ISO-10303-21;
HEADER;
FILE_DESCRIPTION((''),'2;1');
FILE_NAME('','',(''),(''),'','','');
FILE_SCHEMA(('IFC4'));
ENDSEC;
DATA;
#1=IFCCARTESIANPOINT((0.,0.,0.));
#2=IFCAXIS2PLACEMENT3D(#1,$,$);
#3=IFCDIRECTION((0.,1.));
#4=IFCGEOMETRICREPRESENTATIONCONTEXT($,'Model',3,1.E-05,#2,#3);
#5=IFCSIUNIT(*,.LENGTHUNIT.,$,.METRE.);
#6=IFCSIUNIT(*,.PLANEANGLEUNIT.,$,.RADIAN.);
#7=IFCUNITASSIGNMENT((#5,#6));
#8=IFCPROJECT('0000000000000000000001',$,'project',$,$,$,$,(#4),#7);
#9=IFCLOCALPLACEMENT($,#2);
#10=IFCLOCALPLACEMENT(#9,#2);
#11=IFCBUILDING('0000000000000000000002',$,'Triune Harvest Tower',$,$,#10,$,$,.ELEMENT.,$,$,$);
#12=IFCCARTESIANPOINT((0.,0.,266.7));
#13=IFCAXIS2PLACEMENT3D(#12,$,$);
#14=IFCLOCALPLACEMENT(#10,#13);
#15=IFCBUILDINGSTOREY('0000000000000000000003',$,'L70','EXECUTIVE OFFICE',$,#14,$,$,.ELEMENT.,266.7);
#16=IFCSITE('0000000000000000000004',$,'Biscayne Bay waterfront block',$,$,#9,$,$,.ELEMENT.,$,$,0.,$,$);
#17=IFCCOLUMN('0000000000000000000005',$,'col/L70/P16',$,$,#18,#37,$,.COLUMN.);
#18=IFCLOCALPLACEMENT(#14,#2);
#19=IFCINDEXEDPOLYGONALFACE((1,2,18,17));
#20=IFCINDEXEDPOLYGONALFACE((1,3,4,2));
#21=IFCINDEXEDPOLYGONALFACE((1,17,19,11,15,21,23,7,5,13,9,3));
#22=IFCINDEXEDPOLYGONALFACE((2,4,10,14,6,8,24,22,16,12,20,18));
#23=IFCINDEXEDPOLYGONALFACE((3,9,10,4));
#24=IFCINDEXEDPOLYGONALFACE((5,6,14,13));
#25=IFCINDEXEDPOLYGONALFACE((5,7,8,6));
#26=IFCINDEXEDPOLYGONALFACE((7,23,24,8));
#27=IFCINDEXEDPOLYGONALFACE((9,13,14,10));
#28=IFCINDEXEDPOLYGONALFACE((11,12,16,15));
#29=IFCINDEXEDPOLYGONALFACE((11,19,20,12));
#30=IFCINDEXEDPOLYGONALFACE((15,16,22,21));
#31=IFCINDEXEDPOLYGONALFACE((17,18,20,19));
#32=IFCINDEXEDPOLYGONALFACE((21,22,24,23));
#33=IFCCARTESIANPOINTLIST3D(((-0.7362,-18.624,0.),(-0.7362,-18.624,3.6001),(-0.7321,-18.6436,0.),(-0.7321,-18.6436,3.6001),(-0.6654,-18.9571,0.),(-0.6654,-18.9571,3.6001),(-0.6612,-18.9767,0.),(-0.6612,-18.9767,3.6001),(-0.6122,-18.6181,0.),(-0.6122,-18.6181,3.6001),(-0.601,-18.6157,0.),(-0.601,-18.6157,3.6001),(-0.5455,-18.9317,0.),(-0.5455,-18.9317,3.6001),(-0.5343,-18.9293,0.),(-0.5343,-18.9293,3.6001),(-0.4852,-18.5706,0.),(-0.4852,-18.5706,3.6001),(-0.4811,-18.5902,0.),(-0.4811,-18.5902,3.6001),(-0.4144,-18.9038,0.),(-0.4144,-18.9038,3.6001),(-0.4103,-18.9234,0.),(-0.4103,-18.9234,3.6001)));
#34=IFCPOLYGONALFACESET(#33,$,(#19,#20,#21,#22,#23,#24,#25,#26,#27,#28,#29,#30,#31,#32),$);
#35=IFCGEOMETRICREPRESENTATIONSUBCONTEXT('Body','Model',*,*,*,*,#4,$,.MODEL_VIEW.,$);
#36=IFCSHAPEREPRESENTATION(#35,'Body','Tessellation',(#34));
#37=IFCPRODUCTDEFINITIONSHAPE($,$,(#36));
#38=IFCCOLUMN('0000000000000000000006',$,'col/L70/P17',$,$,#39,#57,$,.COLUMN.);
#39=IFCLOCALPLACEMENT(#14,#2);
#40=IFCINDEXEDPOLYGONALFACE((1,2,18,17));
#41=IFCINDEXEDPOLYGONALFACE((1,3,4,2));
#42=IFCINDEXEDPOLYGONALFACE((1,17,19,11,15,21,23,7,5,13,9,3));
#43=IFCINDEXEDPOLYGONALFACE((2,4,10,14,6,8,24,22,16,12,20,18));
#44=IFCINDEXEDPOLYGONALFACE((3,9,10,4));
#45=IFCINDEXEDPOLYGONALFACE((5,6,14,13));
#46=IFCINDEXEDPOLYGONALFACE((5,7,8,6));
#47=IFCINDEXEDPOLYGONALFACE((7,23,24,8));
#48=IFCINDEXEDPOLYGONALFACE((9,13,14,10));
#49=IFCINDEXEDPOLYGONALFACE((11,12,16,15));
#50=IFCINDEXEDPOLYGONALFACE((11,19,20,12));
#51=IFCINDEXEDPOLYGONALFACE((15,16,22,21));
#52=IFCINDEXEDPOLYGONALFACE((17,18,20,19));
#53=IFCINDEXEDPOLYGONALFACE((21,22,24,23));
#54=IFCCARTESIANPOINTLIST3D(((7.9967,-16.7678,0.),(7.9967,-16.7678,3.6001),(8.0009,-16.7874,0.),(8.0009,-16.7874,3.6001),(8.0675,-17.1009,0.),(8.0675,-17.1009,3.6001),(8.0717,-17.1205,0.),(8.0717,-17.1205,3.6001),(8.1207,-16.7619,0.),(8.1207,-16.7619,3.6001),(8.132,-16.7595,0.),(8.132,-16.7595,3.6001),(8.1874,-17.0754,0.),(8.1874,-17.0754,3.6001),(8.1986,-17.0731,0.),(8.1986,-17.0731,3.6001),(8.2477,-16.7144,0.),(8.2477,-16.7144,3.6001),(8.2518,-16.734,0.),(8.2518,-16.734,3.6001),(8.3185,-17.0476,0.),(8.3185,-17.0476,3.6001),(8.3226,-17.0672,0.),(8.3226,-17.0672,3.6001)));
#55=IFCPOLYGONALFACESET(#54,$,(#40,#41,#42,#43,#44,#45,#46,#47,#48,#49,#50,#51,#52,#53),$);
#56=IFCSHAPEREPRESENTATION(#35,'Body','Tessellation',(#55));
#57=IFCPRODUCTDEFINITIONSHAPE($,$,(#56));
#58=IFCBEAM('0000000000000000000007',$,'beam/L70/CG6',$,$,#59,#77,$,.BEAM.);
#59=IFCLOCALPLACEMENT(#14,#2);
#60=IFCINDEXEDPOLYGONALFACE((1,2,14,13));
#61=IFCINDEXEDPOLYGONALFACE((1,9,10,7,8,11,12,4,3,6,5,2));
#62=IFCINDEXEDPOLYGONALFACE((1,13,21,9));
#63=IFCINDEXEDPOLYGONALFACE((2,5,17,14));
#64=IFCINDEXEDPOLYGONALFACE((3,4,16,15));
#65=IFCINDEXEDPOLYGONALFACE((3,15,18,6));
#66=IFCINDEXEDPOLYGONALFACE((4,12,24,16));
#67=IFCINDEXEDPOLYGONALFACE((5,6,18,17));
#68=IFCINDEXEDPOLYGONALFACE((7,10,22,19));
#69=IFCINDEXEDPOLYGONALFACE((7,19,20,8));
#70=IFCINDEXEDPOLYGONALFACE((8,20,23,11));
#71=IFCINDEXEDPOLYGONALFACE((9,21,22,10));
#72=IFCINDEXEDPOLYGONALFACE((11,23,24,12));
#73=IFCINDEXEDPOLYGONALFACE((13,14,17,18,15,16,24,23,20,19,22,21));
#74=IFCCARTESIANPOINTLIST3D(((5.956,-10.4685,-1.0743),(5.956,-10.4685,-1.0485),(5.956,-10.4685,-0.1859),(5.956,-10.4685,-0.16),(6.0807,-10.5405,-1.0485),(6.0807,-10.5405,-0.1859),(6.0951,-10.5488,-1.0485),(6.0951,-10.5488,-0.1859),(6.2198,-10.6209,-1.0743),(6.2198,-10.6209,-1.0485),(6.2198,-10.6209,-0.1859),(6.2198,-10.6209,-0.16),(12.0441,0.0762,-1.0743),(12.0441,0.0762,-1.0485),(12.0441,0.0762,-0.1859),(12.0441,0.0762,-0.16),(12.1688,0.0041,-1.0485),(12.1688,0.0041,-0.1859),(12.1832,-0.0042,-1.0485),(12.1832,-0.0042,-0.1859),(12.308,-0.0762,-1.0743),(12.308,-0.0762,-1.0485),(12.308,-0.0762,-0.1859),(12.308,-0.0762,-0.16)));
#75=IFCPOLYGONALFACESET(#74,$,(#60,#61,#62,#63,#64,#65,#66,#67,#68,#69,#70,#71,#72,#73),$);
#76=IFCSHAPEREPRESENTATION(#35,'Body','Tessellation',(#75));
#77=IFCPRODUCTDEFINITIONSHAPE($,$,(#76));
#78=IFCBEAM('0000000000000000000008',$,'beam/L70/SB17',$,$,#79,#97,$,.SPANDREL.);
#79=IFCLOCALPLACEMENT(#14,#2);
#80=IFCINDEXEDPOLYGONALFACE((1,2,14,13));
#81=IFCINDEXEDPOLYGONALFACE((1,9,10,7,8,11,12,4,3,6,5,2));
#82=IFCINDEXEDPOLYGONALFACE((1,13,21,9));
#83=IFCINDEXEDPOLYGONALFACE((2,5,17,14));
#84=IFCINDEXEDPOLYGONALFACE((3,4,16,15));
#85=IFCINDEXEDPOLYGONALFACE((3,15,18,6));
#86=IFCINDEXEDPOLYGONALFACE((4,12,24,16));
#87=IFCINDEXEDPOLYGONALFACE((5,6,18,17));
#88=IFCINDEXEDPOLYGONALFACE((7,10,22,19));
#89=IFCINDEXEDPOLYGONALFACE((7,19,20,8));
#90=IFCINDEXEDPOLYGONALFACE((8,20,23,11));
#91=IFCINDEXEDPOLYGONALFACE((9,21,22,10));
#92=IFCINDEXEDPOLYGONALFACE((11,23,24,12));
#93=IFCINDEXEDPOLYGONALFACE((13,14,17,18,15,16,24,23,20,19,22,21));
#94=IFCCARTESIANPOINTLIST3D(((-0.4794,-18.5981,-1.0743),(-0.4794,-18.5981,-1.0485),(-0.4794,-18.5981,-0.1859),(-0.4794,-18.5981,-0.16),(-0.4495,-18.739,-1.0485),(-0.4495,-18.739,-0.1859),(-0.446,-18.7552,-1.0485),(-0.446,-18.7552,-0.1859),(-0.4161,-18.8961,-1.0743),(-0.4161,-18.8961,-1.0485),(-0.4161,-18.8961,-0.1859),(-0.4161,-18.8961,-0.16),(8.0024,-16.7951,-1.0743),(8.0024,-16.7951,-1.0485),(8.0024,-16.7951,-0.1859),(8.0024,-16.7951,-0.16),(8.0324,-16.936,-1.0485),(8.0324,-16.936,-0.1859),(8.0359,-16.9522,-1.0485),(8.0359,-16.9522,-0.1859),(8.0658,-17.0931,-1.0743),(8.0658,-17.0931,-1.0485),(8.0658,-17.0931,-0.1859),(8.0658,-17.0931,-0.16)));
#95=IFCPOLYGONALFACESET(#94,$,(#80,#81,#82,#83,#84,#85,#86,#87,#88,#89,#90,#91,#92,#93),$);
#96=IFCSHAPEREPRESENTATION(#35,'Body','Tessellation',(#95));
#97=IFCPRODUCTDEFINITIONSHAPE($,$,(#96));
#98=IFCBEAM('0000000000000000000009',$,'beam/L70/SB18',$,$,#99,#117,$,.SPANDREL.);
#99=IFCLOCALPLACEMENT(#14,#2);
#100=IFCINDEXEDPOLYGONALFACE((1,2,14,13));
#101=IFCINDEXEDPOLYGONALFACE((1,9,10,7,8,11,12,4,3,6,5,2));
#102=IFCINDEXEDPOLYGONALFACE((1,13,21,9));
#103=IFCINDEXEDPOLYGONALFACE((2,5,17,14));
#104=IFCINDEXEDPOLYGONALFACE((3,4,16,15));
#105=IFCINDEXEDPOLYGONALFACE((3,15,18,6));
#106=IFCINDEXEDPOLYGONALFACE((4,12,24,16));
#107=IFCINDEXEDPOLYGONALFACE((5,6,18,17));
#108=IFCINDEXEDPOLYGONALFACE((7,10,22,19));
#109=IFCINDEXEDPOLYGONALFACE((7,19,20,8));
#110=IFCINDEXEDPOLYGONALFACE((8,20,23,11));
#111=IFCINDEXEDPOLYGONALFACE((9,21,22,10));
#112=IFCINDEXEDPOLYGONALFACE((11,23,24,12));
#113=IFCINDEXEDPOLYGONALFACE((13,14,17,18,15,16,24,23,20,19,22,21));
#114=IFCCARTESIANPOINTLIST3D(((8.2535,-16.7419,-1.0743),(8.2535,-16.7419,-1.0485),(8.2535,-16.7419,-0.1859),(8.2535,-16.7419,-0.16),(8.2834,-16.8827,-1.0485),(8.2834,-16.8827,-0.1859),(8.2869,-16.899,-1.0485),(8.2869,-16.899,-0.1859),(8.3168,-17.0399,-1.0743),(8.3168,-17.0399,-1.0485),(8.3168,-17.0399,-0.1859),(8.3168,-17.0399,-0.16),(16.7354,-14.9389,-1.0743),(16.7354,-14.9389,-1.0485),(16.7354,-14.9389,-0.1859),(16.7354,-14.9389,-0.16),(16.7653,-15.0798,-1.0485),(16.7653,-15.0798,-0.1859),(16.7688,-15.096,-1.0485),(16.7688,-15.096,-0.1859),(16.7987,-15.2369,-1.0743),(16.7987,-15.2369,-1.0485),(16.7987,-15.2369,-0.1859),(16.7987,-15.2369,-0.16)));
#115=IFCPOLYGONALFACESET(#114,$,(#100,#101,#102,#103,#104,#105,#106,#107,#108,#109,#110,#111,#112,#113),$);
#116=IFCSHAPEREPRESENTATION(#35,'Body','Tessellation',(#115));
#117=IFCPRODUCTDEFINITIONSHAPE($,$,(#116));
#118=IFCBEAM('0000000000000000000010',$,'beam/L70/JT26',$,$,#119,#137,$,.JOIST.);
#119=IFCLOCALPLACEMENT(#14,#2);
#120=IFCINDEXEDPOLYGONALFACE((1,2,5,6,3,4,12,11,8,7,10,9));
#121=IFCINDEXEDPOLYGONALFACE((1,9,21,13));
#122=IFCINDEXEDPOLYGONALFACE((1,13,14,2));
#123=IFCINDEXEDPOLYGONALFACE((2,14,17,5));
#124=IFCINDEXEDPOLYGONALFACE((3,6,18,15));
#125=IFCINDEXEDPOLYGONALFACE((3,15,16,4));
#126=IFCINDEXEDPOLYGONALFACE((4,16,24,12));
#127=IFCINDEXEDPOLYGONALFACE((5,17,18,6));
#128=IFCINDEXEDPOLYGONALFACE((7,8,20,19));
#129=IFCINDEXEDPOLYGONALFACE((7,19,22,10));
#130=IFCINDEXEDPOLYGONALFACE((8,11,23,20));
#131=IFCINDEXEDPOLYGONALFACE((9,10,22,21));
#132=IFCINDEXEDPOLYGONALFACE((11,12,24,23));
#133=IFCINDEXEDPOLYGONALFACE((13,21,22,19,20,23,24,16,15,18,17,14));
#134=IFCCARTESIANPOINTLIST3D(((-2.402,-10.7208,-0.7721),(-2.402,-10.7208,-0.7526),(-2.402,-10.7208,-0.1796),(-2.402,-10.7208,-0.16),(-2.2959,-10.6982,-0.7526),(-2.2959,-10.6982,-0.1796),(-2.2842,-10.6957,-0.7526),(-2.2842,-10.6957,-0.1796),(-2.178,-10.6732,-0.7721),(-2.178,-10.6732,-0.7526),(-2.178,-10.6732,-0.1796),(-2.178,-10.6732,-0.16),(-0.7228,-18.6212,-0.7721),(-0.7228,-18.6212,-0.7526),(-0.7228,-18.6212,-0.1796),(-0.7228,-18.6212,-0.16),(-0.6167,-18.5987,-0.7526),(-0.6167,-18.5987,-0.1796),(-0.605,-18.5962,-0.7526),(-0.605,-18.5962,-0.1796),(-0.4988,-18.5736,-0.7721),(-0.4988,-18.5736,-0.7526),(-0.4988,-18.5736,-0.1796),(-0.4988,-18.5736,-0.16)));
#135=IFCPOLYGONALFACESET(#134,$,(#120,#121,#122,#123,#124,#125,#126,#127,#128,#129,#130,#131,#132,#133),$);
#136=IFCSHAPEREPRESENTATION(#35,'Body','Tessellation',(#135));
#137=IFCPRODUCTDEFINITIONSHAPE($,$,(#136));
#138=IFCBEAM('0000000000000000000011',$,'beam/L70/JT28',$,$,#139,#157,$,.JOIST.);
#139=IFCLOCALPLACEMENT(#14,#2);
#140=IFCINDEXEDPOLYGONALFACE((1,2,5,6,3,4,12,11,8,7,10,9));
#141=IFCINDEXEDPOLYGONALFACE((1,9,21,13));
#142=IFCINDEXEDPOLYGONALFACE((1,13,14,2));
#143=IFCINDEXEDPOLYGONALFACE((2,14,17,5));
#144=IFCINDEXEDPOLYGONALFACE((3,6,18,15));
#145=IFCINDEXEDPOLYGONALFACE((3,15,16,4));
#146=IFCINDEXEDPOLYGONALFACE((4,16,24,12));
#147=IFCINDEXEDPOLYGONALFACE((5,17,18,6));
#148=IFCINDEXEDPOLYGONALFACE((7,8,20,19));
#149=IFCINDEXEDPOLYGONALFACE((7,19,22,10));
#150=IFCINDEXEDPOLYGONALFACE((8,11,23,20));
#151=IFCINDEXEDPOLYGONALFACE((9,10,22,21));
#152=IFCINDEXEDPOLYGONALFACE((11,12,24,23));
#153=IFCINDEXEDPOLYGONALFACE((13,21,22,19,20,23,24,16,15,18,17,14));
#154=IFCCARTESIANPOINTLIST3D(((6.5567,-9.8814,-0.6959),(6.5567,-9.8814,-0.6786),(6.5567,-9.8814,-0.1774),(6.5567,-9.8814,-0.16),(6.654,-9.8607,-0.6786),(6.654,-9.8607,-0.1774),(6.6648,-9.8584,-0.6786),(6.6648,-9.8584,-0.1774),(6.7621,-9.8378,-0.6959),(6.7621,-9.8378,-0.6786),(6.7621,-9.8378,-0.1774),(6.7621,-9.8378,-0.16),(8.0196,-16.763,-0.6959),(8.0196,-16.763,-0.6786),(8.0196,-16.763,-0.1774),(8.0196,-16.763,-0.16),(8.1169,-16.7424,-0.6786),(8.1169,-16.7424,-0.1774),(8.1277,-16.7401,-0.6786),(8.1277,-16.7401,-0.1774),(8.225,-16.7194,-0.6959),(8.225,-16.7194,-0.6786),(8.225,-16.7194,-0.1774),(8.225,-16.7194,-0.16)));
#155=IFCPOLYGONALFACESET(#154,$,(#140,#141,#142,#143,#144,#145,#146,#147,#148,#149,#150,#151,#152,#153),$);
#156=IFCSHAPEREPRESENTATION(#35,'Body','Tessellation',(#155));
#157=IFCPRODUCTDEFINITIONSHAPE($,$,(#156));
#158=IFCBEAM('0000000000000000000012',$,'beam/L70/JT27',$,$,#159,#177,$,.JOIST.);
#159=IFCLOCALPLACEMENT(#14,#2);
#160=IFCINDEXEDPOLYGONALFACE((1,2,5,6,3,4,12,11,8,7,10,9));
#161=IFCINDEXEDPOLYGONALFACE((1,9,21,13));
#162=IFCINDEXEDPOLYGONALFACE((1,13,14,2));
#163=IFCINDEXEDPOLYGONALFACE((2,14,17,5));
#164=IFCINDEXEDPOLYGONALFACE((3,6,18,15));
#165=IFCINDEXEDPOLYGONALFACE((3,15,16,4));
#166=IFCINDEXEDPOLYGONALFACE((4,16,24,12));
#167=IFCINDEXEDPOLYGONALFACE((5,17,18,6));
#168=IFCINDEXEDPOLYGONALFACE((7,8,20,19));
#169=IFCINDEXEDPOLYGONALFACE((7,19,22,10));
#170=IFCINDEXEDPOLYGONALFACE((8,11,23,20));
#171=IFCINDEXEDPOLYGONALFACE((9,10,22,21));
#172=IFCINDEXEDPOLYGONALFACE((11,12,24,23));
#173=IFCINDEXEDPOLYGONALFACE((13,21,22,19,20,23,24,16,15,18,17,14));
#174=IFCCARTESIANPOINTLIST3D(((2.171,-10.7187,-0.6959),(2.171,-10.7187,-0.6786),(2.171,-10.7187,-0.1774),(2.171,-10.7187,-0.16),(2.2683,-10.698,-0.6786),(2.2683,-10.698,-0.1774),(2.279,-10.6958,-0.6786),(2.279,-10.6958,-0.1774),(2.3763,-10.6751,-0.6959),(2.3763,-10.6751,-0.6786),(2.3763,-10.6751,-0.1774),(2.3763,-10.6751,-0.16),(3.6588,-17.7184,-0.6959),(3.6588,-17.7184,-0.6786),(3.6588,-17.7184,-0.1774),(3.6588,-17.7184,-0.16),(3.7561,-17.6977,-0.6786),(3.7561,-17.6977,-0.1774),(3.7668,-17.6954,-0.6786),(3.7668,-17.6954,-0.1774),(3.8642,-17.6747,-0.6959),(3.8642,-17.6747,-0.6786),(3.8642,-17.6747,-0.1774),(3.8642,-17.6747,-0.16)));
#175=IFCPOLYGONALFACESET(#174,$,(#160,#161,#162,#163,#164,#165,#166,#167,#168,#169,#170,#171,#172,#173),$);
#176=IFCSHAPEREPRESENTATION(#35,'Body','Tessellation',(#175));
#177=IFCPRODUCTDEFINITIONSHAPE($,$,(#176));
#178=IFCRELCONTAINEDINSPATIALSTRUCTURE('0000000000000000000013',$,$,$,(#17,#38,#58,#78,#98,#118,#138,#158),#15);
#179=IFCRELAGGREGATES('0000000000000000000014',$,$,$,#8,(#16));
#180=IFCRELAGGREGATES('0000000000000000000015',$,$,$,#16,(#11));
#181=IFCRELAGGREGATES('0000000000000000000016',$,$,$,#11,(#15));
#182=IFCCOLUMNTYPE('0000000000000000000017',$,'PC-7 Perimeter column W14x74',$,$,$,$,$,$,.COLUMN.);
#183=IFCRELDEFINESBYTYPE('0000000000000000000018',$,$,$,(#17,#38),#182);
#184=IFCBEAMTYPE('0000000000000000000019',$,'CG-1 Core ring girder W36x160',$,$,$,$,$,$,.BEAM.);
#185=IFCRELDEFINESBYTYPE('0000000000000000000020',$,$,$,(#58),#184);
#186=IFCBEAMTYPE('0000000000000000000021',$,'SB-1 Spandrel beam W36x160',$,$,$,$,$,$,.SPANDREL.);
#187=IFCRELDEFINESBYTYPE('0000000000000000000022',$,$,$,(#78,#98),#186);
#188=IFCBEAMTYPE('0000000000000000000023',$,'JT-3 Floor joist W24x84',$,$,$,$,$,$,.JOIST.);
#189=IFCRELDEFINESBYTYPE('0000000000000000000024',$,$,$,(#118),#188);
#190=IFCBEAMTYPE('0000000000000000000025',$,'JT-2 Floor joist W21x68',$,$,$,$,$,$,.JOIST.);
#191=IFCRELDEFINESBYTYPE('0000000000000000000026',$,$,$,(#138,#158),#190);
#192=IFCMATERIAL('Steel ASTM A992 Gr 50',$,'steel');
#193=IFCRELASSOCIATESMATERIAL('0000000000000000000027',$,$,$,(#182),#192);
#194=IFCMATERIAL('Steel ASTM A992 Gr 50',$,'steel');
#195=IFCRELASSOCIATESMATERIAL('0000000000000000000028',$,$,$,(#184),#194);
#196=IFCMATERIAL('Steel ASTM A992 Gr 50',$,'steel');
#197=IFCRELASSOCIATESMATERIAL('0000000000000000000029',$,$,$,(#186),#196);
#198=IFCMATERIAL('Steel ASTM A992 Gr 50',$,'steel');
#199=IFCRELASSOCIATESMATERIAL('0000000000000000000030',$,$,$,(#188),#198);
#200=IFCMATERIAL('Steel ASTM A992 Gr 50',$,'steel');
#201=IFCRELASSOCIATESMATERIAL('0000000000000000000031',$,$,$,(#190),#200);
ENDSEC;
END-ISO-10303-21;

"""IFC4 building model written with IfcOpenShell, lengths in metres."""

from ifc_helpers import new_model, si_unit, direction, frame, origin, origin_2d, place, context, subcontext, project, spatial, i_section, extrude, source, transform, mapped, material, material_profile, profile_set, type_object, element, save


model = new_model("IFC4")

# Units and contexts
model_context = context("Model", 3, precision=1e-05, world=origin(), true_north=direction((0.0, 1.0)))
body_context = subcontext(model_context, "Body", "Model", "MODEL_VIEW")
ifc_project = project(units=[si_unit("LENGTHUNIT", "METRE"), si_unit("PLANEANGLEUNIT", "RADIAN")], contexts=[model_context])

# Site, building, storey
site_placement = place(None, origin())
site = spatial("IfcSite", under=ifc_project, at=site_placement, Name="Biscayne Bay waterfront block", CompositionType="ELEMENT", RefElevation=0.0)
building_placement = place(site_placement, origin())
building = spatial("IfcBuilding", under=site, at=building_placement, Name="Triune Harvest Tower", CompositionType="ELEMENT")
storey_placement = place(building_placement, frame((0.0, 0.0, 266.7)))
storey = spatial("IfcBuildingStorey", under=building, at=storey_placement, Name="L70", Description="EXECUTIVE OFFICE", CompositionType="ELEMENT", Elevation=266.7)

# Columns
ifc_material_1 = material(Name="Steel ASTM A992 Gr 50", Category="steel")
ifc_material_profile_1 = material_profile(ifc_material_1, i_section(OverallWidth=0.2566, OverallDepth=0.3606, WebThickness=0.0115, FlangeThickness=0.02, at=origin_2d()), Name="W14x74")
ifc_profile_set_1 = profile_set([ifc_material_profile_1], Name="Steel ASTM A992 Gr 50")
column_type = type_object("IfcColumnType", Name="PC-7 Perimeter column W14x74", PredefinedType="COLUMN", material=ifc_profile_set_1)
shared_shape_1 = source(origin(), body_context, "Body", "SweptSolid", [
    extrude(i_section(OverallWidth=0.2566, OverallDepth=0.3606, WebThickness=0.0115, FlangeThickness=0.02, at=origin_2d()), origin(), (0.0, 0.0, 1.0), 3.6001),
])
for number, where, z_axis, x_axis, name in (
    (1, (-0.5732, -18.7737, 0.0), (0.0, 0.0, 1.0), (0.978147, 0.207913, 0.0), "col/L70/P16"),
    (2, (8.1597, -16.9175, 0.0), (0.0, 0.0, 1.0), (0.978147, 0.207913, 0.0), "col/L70/P17"),
):
    element("IfcColumn", number, at=place(storey_placement, frame(where, z_axis=z_axis, x_axis=x_axis)), inside=storey, type_object=column_type, Name=name, PredefinedType="COLUMN", context=body_context, shape_type="MappedRepresentation", body=[
        mapped(shared_shape_1, transform((0.0, 0.0, 0.0), scale=1.0)),
    ])

# Beams
ifc_material_2 = material(Name="Steel ASTM A992 Gr 50", Category="steel")
ifc_material_profile_2 = material_profile(ifc_material_2, i_section(OverallWidth=0.3047, OverallDepth=0.9143, WebThickness=0.0166, FlangeThickness=0.0259, at=origin_2d()), Name="W36x160")
ifc_profile_set_2 = profile_set([ifc_material_profile_2], Name="Steel ASTM A992 Gr 50")
beam_type_1 = type_object("IfcBeamType", Name="CG-1 Core ring girder W36x160", PredefinedType="BEAM", material=ifc_profile_set_2)
shared_shape_2 = source(origin(), body_context, "Body", "SweptSolid", [
    extrude(i_section(OverallWidth=0.3047, OverallDepth=0.9143, WebThickness=0.0166, FlangeThickness=0.0259, at=origin_2d()), origin(), (0.0, 0.0, 1.0), 12.176),
])
beam_1_placement = place(storey_placement, frame((6.0879, -10.5447, -0.6172), z_axis=(0.50001, 0.86602, 0.0), x_axis=(-0.86602, 0.50001, 0.0)))
element("IfcBeam", 3, at=beam_1_placement, inside=storey, type_object=beam_type_1, Name="beam/L70/CG6", PredefinedType="BEAM", context=body_context, shape_type="MappedRepresentation", body=[
    mapped(shared_shape_2, transform((0.0, 0.0, 0.0), scale=1.0)),
])
ifc_material_3 = material(Name="Steel ASTM A992 Gr 50", Category="steel")
ifc_material_profile_3 = material_profile(ifc_material_3, i_section(OverallWidth=0.3047, OverallDepth=0.9143, WebThickness=0.0166, FlangeThickness=0.0259, at=origin_2d()), Name="W36x160")
ifc_profile_set_3 = profile_set([ifc_material_profile_3], Name="Steel ASTM A992 Gr 50")
beam_type_2 = type_object("IfcBeamType", Name="SB-1 Spandrel beam W36x160", PredefinedType="SPANDREL", material=ifc_profile_set_3)
shared_shape_3 = source(origin(), body_context, "Body", "SweptSolid", [
    extrude(i_section(OverallWidth=0.3047, OverallDepth=0.9143, WebThickness=0.0166, FlangeThickness=0.0259, at=origin_2d()), origin(), (0.0, 0.0, 1.0), 8.6714),
])
for number, where, z_axis, x_axis, name in (
    (4, (-0.4478, -18.7471, -0.6172), (0.978146, 0.207921, 0.0), (-0.207921, 0.978146, 0.0), "beam/L70/SB17"),
    (5, (8.2852, -16.8909, -0.6172), (0.978146, 0.207921, 0.0), (-0.207921, 0.978146, 0.0), "beam/L70/SB18"),
):
    element("IfcBeam", number, at=place(storey_placement, frame(where, z_axis=z_axis, x_axis=x_axis)), inside=storey, type_object=beam_type_2, Name=name, PredefinedType="SPANDREL", context=body_context, shape_type="MappedRepresentation", body=[
        mapped(shared_shape_3, transform((0.0, 0.0, 0.0), scale=1.0)),
    ])
ifc_material_4 = material(Name="Steel ASTM A992 Gr 50", Category="steel")
ifc_material_profile_4 = material_profile(ifc_material_4, i_section(OverallWidth=0.229, OverallDepth=0.6121, WebThickness=0.012, FlangeThickness=0.0195, at=origin_2d()), Name="W24x84")
ifc_profile_set_4 = profile_set([ifc_material_profile_4], Name="Steel ASTM A992 Gr 50")
beam_type_3 = type_object("IfcBeamType", Name="JT-3 Floor joist W24x84", PredefinedType="JOIST", material=ifc_profile_set_4)
shared_shape_4 = source(origin(), body_context, "Body", "SweptSolid", [
    extrude(i_section(OverallWidth=0.229, OverallDepth=0.6121, WebThickness=0.012, FlangeThickness=0.0195, at=origin_2d()), origin(), (0.0, 0.0, 1.0), 8.0769),
])
beam_2_placement = place(storey_placement, frame((-0.6108, -18.5974, -0.4661), z_axis=(-0.207902, 0.97815, 0.0), x_axis=(-0.97815, -0.207902, 0.0)))
element("IfcBeam", 6, at=beam_2_placement, inside=storey, type_object=beam_type_3, Name="beam/L70/JT26", PredefinedType="JOIST", context=body_context, shape_type="MappedRepresentation", body=[
    mapped(shared_shape_4, transform((0.0, 0.0, 0.0), scale=1.0)),
])
ifc_material_5 = material(Name="Steel ASTM A992 Gr 50", Category="steel")
ifc_material_profile_5 = material_profile(ifc_material_5, i_section(OverallWidth=0.21, OverallDepth=0.5359, WebThickness=0.011, FlangeThickness=0.0173, at=origin_2d()), Name="W21x68")
ifc_profile_set_5 = profile_set([ifc_material_profile_5], Name="Steel ASTM A992 Gr 50")
beam_type_4 = type_object("IfcBeamType", Name="JT-2 Floor joist W21x68", PredefinedType="JOIST", material=ifc_profile_set_5)
shared_shape_5 = source(origin(), body_context, "Body", "SweptSolid", [
    extrude(i_section(OverallWidth=0.21, OverallDepth=0.5359, WebThickness=0.011, FlangeThickness=0.0173, at=origin_2d()), origin(), (0.0, 0.0, 1.0), 7.0354),
])
beam_3_placement = place(storey_placement, frame((8.1223, -16.7412, -0.428), z_axis=(-0.207934, 0.978143, 0.0), x_axis=(-0.978143, -0.207934, 0.0)))
element("IfcBeam", 7, at=beam_3_placement, inside=storey, type_object=beam_type_4, Name="beam/L70/JT28", PredefinedType="JOIST", context=body_context, shape_type="MappedRepresentation", body=[
    mapped(shared_shape_5, transform((0.0, 0.0, 0.0), scale=1.0)),
])
shared_shape_6 = source(origin(), body_context, "Body", "SweptSolid", [
    extrude(i_section(OverallWidth=0.21, OverallDepth=0.5359, WebThickness=0.011, FlangeThickness=0.0173, at=origin_2d()), origin(), (0.0, 0.0, 1.0), 7.156),
])
beam_4_placement = place(storey_placement, frame((3.7615, -17.6965, -0.428), z_axis=(-0.207912, 0.978148, 0.0), x_axis=(-0.978148, -0.207912, 0.0)))
element("IfcBeam", 8, at=beam_4_placement, inside=storey, type_object=beam_type_4, Name="beam/L70/JT27", PredefinedType="JOIST", context=body_context, shape_type="MappedRepresentation", body=[
    mapped(shared_shape_6, transform((0.0, 0.0, 0.0), scale=1.0)),
])

save(model, "model.ifc")
